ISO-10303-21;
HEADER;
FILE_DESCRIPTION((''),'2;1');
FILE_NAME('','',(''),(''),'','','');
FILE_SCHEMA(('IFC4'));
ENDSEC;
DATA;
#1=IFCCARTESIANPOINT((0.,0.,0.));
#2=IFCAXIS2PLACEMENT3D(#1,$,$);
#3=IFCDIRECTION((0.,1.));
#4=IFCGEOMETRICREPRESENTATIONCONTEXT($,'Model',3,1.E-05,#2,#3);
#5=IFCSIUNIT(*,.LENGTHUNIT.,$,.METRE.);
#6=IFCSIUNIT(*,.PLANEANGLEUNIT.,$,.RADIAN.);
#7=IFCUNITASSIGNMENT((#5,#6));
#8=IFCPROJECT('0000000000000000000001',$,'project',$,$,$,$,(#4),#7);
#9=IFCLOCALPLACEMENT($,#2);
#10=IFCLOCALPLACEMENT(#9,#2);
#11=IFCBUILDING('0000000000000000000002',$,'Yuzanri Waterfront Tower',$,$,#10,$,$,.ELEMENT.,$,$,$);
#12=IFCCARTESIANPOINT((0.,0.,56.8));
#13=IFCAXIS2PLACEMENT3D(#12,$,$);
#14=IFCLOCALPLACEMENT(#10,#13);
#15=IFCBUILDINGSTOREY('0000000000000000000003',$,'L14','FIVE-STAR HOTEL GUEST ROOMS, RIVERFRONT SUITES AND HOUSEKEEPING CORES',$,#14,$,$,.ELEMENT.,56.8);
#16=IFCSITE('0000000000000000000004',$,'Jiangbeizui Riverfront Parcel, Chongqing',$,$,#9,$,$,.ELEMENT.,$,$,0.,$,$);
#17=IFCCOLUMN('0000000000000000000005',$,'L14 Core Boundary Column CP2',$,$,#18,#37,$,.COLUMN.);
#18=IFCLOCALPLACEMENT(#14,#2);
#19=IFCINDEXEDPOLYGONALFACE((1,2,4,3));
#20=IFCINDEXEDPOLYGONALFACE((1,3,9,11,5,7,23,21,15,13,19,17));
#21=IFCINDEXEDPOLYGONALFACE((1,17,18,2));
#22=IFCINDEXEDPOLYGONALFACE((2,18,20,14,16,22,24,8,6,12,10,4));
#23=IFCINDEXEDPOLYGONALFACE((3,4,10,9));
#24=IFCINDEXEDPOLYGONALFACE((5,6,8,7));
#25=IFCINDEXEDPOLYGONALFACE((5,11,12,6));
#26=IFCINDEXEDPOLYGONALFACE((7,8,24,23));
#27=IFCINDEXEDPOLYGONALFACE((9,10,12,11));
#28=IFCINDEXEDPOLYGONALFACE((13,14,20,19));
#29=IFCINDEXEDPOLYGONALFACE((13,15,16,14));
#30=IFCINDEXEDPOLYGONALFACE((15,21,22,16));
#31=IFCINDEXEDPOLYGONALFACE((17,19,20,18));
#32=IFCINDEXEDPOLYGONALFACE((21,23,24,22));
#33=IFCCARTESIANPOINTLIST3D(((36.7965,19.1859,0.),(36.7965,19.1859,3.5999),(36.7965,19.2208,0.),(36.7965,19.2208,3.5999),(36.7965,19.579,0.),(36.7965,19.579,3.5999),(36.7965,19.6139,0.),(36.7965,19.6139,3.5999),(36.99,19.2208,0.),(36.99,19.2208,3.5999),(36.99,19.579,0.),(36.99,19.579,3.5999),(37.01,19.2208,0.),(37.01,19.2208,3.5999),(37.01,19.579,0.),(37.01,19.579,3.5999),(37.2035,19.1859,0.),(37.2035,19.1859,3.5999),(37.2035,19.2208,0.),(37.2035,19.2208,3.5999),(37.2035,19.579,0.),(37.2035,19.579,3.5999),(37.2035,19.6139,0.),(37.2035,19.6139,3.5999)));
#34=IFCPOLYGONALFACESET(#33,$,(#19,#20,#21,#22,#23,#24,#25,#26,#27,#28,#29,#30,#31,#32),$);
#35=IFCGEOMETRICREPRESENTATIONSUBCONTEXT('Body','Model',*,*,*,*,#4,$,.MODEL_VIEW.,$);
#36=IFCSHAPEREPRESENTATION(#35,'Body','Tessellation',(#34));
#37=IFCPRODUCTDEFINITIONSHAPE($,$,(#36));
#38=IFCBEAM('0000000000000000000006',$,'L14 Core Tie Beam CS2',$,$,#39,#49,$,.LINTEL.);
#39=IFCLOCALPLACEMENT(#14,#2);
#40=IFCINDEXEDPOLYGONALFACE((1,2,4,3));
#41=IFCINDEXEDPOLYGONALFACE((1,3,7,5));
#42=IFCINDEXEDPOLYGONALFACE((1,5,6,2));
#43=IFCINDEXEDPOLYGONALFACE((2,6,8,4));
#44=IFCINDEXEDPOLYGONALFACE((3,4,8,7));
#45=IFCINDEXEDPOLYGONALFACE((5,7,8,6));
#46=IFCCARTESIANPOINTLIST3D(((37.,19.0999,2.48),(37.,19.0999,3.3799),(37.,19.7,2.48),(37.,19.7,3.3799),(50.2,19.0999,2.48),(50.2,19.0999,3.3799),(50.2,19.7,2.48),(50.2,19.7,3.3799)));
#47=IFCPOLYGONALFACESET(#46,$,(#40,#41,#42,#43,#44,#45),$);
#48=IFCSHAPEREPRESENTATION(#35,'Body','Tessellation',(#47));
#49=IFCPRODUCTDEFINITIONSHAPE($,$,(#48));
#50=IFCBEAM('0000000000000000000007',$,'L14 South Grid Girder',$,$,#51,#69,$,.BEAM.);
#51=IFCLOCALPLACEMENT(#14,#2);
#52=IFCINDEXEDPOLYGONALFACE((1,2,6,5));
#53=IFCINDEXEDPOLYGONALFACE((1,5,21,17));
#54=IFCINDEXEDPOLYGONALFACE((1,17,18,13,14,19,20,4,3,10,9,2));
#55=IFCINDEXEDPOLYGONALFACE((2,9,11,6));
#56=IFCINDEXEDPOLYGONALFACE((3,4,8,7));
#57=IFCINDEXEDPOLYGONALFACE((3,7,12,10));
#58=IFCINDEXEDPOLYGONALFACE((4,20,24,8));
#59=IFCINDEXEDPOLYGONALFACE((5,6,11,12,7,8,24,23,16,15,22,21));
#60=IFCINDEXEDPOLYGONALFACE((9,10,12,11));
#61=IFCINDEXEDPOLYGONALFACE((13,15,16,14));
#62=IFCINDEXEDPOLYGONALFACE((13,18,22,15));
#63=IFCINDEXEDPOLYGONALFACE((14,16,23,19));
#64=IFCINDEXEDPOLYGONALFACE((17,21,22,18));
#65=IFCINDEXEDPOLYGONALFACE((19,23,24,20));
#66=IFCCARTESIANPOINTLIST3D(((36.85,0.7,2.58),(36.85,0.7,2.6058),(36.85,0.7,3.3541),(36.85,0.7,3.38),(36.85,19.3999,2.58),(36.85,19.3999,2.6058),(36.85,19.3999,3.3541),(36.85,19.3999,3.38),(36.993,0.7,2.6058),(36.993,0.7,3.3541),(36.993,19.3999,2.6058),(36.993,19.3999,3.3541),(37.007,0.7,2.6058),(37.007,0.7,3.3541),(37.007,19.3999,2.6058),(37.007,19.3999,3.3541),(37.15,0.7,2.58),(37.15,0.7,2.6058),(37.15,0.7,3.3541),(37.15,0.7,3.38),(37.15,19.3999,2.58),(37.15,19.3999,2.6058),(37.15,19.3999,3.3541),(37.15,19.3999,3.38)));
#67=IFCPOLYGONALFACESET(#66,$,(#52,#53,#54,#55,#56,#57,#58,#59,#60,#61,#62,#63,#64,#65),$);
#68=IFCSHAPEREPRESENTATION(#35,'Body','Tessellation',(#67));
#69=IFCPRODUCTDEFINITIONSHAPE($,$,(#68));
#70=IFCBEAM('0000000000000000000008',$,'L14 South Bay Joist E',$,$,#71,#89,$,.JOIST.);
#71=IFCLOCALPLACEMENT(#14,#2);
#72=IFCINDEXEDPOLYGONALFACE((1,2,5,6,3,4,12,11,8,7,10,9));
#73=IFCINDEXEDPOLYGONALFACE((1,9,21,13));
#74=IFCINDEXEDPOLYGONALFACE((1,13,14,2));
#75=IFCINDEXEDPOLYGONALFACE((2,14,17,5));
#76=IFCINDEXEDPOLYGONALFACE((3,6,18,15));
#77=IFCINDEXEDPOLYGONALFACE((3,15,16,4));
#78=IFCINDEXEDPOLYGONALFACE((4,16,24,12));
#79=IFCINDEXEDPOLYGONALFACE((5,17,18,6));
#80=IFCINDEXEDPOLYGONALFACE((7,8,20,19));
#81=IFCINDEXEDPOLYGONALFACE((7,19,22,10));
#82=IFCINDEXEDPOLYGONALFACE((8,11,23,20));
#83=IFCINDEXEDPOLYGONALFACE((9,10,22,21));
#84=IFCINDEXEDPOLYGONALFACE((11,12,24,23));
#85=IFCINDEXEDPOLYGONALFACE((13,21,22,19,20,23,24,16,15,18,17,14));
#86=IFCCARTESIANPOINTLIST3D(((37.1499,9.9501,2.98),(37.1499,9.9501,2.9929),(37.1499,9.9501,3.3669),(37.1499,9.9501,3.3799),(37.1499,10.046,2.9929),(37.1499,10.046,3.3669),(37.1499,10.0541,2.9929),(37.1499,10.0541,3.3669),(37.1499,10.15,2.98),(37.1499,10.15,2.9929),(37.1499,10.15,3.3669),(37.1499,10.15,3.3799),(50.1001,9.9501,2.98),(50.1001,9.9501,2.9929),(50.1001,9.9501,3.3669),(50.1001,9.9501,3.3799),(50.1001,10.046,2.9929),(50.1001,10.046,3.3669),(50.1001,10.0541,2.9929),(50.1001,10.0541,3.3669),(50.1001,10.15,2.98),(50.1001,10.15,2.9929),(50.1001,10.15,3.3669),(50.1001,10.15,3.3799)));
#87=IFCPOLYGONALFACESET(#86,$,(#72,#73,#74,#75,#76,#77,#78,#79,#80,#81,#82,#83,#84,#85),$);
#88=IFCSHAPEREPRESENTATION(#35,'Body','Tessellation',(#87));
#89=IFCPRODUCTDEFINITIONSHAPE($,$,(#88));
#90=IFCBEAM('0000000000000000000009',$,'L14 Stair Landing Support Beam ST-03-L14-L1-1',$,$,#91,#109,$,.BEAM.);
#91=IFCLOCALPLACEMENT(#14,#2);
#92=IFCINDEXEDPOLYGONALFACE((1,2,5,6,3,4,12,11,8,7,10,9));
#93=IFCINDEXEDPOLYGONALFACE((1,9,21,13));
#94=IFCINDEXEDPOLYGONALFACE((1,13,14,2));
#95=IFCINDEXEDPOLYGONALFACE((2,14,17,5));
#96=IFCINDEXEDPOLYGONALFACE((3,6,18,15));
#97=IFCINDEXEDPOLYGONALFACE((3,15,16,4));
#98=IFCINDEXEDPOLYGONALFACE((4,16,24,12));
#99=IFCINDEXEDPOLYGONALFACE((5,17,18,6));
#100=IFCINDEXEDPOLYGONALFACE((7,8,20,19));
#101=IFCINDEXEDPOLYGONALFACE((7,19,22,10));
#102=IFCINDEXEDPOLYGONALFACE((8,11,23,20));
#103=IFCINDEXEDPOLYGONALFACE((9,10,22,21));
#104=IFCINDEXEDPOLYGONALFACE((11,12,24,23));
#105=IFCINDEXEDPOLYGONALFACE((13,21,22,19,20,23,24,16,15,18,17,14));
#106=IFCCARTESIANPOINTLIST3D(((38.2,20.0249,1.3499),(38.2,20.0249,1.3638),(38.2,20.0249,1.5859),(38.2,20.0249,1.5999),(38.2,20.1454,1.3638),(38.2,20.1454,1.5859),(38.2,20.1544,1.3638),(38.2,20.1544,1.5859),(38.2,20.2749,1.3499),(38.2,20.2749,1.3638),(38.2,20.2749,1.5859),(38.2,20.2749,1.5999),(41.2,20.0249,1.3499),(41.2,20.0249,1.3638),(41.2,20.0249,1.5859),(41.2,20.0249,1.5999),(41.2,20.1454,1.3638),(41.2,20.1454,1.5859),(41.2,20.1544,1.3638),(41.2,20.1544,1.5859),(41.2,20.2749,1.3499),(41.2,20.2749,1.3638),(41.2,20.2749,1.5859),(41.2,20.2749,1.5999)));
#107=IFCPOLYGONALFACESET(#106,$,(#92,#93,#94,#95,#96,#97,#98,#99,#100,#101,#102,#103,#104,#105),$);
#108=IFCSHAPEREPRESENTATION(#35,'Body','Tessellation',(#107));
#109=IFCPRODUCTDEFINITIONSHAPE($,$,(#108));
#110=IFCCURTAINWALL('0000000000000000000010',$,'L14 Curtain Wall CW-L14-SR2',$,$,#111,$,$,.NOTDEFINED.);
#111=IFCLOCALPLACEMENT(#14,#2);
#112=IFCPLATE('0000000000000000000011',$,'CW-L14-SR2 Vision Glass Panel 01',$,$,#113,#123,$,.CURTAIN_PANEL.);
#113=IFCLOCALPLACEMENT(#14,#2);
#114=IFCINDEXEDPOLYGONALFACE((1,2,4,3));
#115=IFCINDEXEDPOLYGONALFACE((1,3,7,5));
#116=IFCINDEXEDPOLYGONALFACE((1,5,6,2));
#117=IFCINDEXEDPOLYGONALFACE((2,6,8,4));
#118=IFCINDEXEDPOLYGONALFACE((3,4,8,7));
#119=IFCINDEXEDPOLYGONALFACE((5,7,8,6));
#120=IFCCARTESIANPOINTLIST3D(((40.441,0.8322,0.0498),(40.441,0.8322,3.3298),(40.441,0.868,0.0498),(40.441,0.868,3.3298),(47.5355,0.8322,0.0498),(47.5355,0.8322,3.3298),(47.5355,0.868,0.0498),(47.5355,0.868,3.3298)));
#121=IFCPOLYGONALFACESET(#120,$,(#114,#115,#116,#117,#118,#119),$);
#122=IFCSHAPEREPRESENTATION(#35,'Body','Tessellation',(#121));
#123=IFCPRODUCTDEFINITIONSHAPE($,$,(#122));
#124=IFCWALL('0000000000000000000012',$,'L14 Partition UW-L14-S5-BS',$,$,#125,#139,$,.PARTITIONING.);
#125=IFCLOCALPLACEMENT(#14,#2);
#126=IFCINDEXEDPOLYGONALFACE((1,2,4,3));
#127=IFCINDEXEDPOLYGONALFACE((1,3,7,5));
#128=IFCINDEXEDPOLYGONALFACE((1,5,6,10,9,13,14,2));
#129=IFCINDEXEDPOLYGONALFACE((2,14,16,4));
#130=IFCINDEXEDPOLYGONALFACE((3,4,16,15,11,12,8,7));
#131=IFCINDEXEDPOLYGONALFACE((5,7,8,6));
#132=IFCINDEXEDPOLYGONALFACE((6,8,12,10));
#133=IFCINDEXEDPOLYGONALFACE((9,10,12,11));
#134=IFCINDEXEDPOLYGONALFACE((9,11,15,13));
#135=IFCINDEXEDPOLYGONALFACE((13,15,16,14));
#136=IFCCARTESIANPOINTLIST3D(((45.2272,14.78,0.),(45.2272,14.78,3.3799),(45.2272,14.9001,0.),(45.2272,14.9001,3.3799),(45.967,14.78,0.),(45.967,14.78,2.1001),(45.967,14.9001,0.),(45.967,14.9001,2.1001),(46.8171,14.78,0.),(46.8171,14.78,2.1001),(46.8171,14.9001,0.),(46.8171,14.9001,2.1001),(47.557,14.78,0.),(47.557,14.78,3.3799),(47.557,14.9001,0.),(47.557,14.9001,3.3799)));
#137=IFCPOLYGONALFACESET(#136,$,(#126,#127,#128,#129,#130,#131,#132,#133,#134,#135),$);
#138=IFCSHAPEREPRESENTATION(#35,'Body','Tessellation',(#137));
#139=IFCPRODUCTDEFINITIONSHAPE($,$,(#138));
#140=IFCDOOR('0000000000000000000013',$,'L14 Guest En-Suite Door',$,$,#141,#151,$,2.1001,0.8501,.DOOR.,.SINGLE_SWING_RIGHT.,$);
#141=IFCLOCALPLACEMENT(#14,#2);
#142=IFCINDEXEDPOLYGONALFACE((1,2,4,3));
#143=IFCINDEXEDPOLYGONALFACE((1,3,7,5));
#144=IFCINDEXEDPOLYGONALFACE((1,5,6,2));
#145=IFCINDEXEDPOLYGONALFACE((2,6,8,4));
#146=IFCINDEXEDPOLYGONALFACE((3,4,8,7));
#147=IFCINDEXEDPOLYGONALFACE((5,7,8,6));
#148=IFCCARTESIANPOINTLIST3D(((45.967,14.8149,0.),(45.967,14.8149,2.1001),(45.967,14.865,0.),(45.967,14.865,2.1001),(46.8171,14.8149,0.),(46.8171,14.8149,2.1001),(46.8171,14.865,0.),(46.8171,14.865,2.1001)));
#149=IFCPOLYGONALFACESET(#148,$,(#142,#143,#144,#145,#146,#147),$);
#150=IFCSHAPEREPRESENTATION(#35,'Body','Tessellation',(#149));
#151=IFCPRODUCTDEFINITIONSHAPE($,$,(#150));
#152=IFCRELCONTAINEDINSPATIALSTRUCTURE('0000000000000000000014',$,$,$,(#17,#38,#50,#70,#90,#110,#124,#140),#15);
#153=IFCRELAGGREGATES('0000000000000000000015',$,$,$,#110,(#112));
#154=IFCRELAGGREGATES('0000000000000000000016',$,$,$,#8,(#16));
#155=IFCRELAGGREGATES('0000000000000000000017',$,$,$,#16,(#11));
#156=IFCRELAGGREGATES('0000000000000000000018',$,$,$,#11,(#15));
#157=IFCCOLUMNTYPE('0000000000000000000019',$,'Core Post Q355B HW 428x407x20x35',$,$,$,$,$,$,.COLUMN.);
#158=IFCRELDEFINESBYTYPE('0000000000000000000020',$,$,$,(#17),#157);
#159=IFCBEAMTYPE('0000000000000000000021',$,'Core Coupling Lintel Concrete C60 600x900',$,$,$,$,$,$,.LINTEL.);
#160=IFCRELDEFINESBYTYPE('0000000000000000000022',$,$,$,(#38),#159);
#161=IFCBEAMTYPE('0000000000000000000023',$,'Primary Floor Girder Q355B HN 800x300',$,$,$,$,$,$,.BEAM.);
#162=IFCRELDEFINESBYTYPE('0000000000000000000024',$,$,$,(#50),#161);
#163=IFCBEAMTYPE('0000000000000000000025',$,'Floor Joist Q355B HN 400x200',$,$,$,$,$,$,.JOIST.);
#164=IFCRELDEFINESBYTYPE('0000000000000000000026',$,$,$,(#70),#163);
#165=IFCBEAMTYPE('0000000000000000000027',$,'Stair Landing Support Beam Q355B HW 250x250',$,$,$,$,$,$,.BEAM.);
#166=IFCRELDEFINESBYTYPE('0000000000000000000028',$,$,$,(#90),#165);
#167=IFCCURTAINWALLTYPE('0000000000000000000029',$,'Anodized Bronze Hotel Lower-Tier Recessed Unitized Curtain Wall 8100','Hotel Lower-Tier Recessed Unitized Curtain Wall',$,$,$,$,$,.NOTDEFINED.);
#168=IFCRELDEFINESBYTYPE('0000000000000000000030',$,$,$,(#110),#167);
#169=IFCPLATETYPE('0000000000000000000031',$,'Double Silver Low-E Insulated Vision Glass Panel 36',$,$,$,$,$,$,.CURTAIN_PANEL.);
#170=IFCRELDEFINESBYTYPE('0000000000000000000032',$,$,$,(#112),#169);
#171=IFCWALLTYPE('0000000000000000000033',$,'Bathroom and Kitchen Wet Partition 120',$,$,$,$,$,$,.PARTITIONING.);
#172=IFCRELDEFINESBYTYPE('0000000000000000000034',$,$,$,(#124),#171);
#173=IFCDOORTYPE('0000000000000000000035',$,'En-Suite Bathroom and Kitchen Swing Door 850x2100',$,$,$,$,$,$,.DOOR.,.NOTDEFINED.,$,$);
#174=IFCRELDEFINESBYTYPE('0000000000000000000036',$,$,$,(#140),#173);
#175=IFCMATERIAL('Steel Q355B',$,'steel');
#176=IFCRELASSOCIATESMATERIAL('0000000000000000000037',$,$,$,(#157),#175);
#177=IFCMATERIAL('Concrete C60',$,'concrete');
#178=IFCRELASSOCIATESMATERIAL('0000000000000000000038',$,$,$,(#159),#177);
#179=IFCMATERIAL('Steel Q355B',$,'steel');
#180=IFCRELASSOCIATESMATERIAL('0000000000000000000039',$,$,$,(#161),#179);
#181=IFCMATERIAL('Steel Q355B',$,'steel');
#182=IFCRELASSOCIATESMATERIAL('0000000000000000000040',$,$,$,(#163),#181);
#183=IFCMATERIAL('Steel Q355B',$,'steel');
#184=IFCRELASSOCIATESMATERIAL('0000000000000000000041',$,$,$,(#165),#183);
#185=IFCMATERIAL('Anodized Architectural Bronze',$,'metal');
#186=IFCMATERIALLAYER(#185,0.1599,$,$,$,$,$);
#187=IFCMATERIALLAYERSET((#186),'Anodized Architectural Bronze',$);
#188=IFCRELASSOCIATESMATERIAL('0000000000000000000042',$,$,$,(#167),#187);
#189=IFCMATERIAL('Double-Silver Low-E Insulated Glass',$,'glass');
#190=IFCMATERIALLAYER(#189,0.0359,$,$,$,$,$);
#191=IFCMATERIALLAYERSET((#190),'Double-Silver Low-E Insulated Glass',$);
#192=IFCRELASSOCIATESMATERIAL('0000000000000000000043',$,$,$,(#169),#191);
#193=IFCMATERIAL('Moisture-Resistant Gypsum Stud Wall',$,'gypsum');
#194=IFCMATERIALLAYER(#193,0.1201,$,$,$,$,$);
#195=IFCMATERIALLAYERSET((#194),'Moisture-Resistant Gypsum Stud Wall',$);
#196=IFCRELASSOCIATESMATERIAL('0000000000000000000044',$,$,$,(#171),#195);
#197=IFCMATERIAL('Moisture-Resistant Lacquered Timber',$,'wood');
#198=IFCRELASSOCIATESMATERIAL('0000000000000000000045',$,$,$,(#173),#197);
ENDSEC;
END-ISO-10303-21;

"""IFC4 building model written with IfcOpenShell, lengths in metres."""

from ifc_helpers import new_model, si_unit, direction, frame, frame_2d, origin, origin_2d, place, context, subcontext, project, spatial, rectangle, i_section, extrude, source, transform, mapped, material, layer, layer_set, material_profile, profile_set, type_object, element, fill, aggregate, save


model = new_model("IFC4")

# Units and contexts
model_context = context("Model", 3, precision=1e-05, world=origin(), true_north=direction((0.0, 1.0)))
body_context = subcontext(model_context, "Body", "Model", "MODEL_VIEW")
ifc_project = project(units=[si_unit("LENGTHUNIT", "METRE"), si_unit("PLANEANGLEUNIT", "RADIAN")], contexts=[model_context])

# Site, building, storey
site_placement = place(None, origin())
site = spatial("IfcSite", under=ifc_project, at=site_placement, Name="Jiangbeizui Riverfront Parcel, Chongqing", CompositionType="ELEMENT", RefElevation=0.0)
building_placement = place(site_placement, origin())
building = spatial("IfcBuilding", under=site, at=building_placement, Name="Yuzanri Waterfront Tower", CompositionType="ELEMENT")
storey_placement = place(building_placement, frame((0.0, 0.0, 56.8)))
storey = spatial("IfcBuildingStorey", under=building, at=storey_placement, Name="L14", Description="FIVE-STAR HOTEL GUEST ROOMS, RIVERFRONT SUITES AND HOUSEKEEPING CORES", CompositionType="ELEMENT", Elevation=56.8)

# Column
ifc_material_1 = material(Name="Steel Q355B", Category="steel")
ifc_material_profile_1 = material_profile(ifc_material_1, i_section(OverallWidth=0.407, OverallDepth=0.428, WebThickness=0.02, FlangeThickness=0.0349, at=origin_2d()), Name="HW 428x407x20x35")
ifc_profile_set_1 = profile_set([ifc_material_profile_1], Name="Steel Q355B")
column_type = type_object("IfcColumnType", Name="Core Post Q355B HW 428x407x20x35", PredefinedType="COLUMN", material=ifc_profile_set_1)
shared_shape_1 = source(origin(), body_context, "Body", "SweptSolid", [
    extrude(i_section(OverallWidth=0.407, OverallDepth=0.428, WebThickness=0.02, FlangeThickness=0.0349, at=origin_2d()), origin(), (0.0, 0.0, 1.0), 3.5999),
])
column_placement = place(storey_placement, frame((37.0, 19.3999, 0.0), z_axis=(0.0, 0.0, 1.0), x_axis=(1.0, 0.0, 0.0)))
element("IfcColumn", 1, at=column_placement, inside=storey, type_object=column_type, Name="L14 Core Boundary Column CP2", PredefinedType="COLUMN", context=body_context, shape_type="MappedRepresentation", body=[
    mapped(shared_shape_1, transform((0.0, 0.0, 0.0), scale=1.0)),
])

# Beams
ifc_material_2 = material(Name="Concrete C60", Category="concrete")
ifc_material_profile_2 = material_profile(ifc_material_2, rectangle(XDim=0.6001, YDim=0.8999, at=origin_2d()), Name="RC 600x900")
ifc_profile_set_2 = profile_set([ifc_material_profile_2], Name="Concrete C60")
beam_type_1 = type_object("IfcBeamType", Name="Core Coupling Lintel Concrete C60 600x900", PredefinedType="LINTEL", material=ifc_profile_set_2)
shared_shape_2 = source(origin(), body_context, "Body", "SweptSolid", [
    extrude(rectangle(XDim=0.6001, YDim=0.8999, at=origin_2d()), origin(), (0.0, 0.0, 1.0), 13.2),
])
beam_1_placement = place(storey_placement, frame((37.0, 19.3999, 2.9299), z_axis=(1.0, 0.0, 0.0), x_axis=(0.0, 1.0, 0.0)))
element("IfcBeam", 2, at=beam_1_placement, inside=storey, type_object=beam_type_1, Name="L14 Core Tie Beam CS2", PredefinedType="LINTEL", context=body_context, shape_type="MappedRepresentation", body=[
    mapped(shared_shape_2, transform((0.0, 0.0, 0.0), scale=1.0)),
])
ifc_material_3 = material(Name="Steel Q355B", Category="steel")
ifc_material_profile_3 = material_profile(ifc_material_3, i_section(OverallWidth=0.3, OverallDepth=0.8, WebThickness=0.0139, FlangeThickness=0.0259, at=origin_2d()), Name="HN 800x300x14x26")
ifc_profile_set_3 = profile_set([ifc_material_profile_3], Name="Steel Q355B")
beam_type_2 = type_object("IfcBeamType", Name="Primary Floor Girder Q355B HN 800x300", PredefinedType="BEAM", material=ifc_profile_set_3)
shared_shape_3 = source(origin(), body_context, "Body", "SweptSolid", [
    extrude(i_section(OverallWidth=0.3, OverallDepth=0.8, WebThickness=0.0139, FlangeThickness=0.0259, at=origin_2d()), origin(), (0.0, 0.0, 1.0), 18.7),
])
beam_2_placement = place(storey_placement, frame((37.0, 19.3999, 2.98), z_axis=(0.0, -1.0, 0.0), x_axis=(1.0, 0.0, 0.0)))
element("IfcBeam", 3, at=beam_2_placement, inside=storey, type_object=beam_type_2, Name="L14 South Grid Girder", PredefinedType="BEAM", context=body_context, shape_type="MappedRepresentation", body=[
    mapped(shared_shape_3, transform((0.0, 0.0, 0.0), scale=1.0)),
])
ifc_material_4 = material(Name="Steel Q355B", Category="steel")
ifc_material_profile_4 = material_profile(ifc_material_4, i_section(OverallWidth=0.2, OverallDepth=0.3999, WebThickness=0.0081, FlangeThickness=0.0129, at=origin_2d()), Name="HN 400x200x8x13")
ifc_profile_set_4 = profile_set([ifc_material_profile_4], Name="Steel Q355B")
beam_type_3 = type_object("IfcBeamType", Name="Floor Joist Q355B HN 400x200", PredefinedType="JOIST", material=ifc_profile_set_4)
shared_shape_4 = source(origin(), body_context, "Body", "SweptSolid", [
    extrude(i_section(OverallWidth=0.2, OverallDepth=0.3999, WebThickness=0.0081, FlangeThickness=0.0129, at=origin_2d()), origin(), (0.0, 0.0, 1.0), 12.9502),
])
beam_3_placement = place(storey_placement, frame((37.1499, 10.05, 3.1799), z_axis=(1.0, 0.0, 0.0), x_axis=(0.0, 1.0, 0.0)))
element("IfcBeam", 4, at=beam_3_placement, inside=storey, type_object=beam_type_3, Name="L14 South Bay Joist E", PredefinedType="JOIST", context=body_context, shape_type="MappedRepresentation", body=[
    mapped(shared_shape_4, transform((0.0, 0.0, 0.0), scale=1.0)),
])
ifc_material_5 = material(Name="Steel Q355B", Category="steel")
ifc_material_profile_5 = material_profile(ifc_material_5, i_section(OverallWidth=0.25, OverallDepth=0.25, WebThickness=0.009, FlangeThickness=0.0139, at=origin_2d()), Name="HW 250x250x9x14")
ifc_profile_set_5 = profile_set([ifc_material_profile_5], Name="Steel Q355B")
beam_type_4 = type_object("IfcBeamType", Name="Stair Landing Support Beam Q355B HW 250x250", PredefinedType="BEAM", material=ifc_profile_set_5)
shared_shape_5 = source(origin(), body_context, "Body", "SweptSolid", [
    extrude(i_section(OverallWidth=0.25, OverallDepth=0.25, WebThickness=0.009, FlangeThickness=0.0139, at=origin_2d()), origin(), (0.0, 0.0, 1.0), 3.0),
])
beam_4_placement = place(storey_placement, frame((38.2, 20.1499, 1.4749), z_axis=(1.0, 0.0, 0.0), x_axis=(0.0, 1.0, 0.0)))
element("IfcBeam", 5, at=beam_4_placement, inside=storey, type_object=beam_type_4, Name="L14 Stair Landing Support Beam ST-03-L14-L1-1", PredefinedType="BEAM", context=body_context, shape_type="MappedRepresentation", body=[
    mapped(shared_shape_5, transform((0.0, 0.0, 0.0), scale=1.0)),
])

# Curtain wall, plate
ifc_material_6 = material(Name="Anodized Architectural Bronze", Category="metal")
ifc_layer_1 = layer(ifc_material_6, 0.1599)
ifc_layer_set_1 = layer_set([ifc_layer_1], Name="Anodized Architectural Bronze")
curtain_wall_type = type_object("IfcCurtainWallType", Name="Anodized Bronze Hotel Lower-Tier Recessed Unitized Curtain Wall 8100", Description="Hotel Lower-Tier Recessed Unitized Curtain Wall", PredefinedType="NOTDEFINED", material=ifc_layer_set_1)
curtain_wall_placement = place(storey_placement, origin())
curtain_wall = element("IfcCurtainWall", 6, at=curtain_wall_placement, inside=storey, type_object=curtain_wall_type, Name="L14 Curtain Wall CW-L14-SR2", PredefinedType="NOTDEFINED")
ifc_material_7 = material(Name="Double-Silver Low-E Insulated Glass", Category="glass")
ifc_layer_2 = layer(ifc_material_7, 0.0359)
ifc_layer_set_2 = layer_set([ifc_layer_2], Name="Double-Silver Low-E Insulated Glass")
plate_type = type_object("IfcPlateType", Name="Double Silver Low-E Insulated Vision Glass Panel 36", PredefinedType="CURTAIN_PANEL", material=ifc_layer_set_2)
shared_shape_6 = source(origin(), body_context, "Body", "SweptSolid", [
    extrude(rectangle(XDim=7.0945, YDim=0.0359, at=origin_2d()), origin(), (0.0, 0.0, 1.0), 3.28),
])
plate_placement = place(storey_placement, frame((43.9883, 0.8501, 0.0498), z_axis=(0.0, 0.0, 1.0), x_axis=(1.0, 0.0, 0.0)))
plate = element("IfcPlate", 7, at=plate_placement, type_object=plate_type, Name="CW-L14-SR2 Vision Glass Panel 01", PredefinedType="CURTAIN_PANEL", context=body_context, shape_type="MappedRepresentation", body=[
    mapped(shared_shape_6, transform((0.0, 0.0, 0.0), scale=1.0)),
])
aggregate(curtain_wall, [plate])

# Wall, opening, door
ifc_material_8 = material(Name="Moisture-Resistant Gypsum Stud Wall", Category="gypsum")
ifc_layer_3 = layer(ifc_material_8, 0.1201)
ifc_layer_set_3 = layer_set([ifc_layer_3], Name="Moisture-Resistant Gypsum Stud Wall")
wall_type_1 = type_object("IfcWallType", Name="Bathroom and Kitchen Wet Partition 120", PredefinedType="PARTITIONING", material=ifc_layer_set_3)
wall_1_placement = place(storey_placement, frame((45.2271, 14.8401, 0.0), z_axis=(0.0, 0.0, 1.0), x_axis=(1.0, 0.0, 0.0)))
wall_1 = element("IfcWall", 8, at=wall_1_placement, inside=storey, type_object=wall_type_1, Name="L14 Partition UW-L14-S5-BS", PredefinedType="PARTITIONING", context=body_context, shape_type="SweptSolid", body=[
    extrude(rectangle(XDim=2.3298, YDim=0.1201, at=frame_2d((1.165, 0.0))), origin(), (0.0, 0.0, 1.0), 3.3799),
])
opening_1_placement = place(wall_1_placement, frame((0.74, 0.0, 0.0)))
opening_1 = element("IfcOpeningElement", 9, at=opening_1_placement, cuts=wall_1, PredefinedType="OPENING", context=body_context, shape_type="SweptSolid", body=[
    extrude(rectangle(XDim=0.8501, YDim=2.1001, at=frame_2d((0.425, 1.05))), frame((0.0, 0.075, 0.0), z_axis=(0.0, -1.0, 0.0), x_axis=(1.0, 0.0, 0.0)), (0.0, 0.0, 1.0), 0.1499),
])
ifc_material_9 = material(Name="Moisture-Resistant Lacquered Timber", Category="wood")
door_type_1 = type_object("IfcDoorType", Name="En-Suite Bathroom and Kitchen Swing Door 850x2100", OperationType="NOTDEFINED", PredefinedType="DOOR", material=ifc_material_9)
shared_shape_7 = source(origin(), body_context, "Body", "SweptSolid", [
    extrude(rectangle(XDim=0.8501, YDim=2.1001, at=frame_2d((0.425, 1.05))), frame((0.0, 0.0249, 0.0), z_axis=(0.0, -1.0, 0.0), x_axis=(1.0, 0.0, 0.0)), (0.0, 0.0, 1.0), 0.05),
])
door_1_placement = place(opening_1_placement, origin())
door_1 = element("IfcDoor", 10, at=door_1_placement, inside=storey, type_object=door_type_1, Name="L14 Guest En-Suite Door", OperationType="SINGLE_SWING_RIGHT", OverallHeight=2.1001, OverallWidth=0.8501, PredefinedType="DOOR", context=body_context, shape_type="MappedRepresentation", body=[
    mapped(shared_shape_7, transform((0.0, 0.0, 0.0), scale=1.0)),
])
fill(opening_1, door_1)

save(model, "model.ifc")
